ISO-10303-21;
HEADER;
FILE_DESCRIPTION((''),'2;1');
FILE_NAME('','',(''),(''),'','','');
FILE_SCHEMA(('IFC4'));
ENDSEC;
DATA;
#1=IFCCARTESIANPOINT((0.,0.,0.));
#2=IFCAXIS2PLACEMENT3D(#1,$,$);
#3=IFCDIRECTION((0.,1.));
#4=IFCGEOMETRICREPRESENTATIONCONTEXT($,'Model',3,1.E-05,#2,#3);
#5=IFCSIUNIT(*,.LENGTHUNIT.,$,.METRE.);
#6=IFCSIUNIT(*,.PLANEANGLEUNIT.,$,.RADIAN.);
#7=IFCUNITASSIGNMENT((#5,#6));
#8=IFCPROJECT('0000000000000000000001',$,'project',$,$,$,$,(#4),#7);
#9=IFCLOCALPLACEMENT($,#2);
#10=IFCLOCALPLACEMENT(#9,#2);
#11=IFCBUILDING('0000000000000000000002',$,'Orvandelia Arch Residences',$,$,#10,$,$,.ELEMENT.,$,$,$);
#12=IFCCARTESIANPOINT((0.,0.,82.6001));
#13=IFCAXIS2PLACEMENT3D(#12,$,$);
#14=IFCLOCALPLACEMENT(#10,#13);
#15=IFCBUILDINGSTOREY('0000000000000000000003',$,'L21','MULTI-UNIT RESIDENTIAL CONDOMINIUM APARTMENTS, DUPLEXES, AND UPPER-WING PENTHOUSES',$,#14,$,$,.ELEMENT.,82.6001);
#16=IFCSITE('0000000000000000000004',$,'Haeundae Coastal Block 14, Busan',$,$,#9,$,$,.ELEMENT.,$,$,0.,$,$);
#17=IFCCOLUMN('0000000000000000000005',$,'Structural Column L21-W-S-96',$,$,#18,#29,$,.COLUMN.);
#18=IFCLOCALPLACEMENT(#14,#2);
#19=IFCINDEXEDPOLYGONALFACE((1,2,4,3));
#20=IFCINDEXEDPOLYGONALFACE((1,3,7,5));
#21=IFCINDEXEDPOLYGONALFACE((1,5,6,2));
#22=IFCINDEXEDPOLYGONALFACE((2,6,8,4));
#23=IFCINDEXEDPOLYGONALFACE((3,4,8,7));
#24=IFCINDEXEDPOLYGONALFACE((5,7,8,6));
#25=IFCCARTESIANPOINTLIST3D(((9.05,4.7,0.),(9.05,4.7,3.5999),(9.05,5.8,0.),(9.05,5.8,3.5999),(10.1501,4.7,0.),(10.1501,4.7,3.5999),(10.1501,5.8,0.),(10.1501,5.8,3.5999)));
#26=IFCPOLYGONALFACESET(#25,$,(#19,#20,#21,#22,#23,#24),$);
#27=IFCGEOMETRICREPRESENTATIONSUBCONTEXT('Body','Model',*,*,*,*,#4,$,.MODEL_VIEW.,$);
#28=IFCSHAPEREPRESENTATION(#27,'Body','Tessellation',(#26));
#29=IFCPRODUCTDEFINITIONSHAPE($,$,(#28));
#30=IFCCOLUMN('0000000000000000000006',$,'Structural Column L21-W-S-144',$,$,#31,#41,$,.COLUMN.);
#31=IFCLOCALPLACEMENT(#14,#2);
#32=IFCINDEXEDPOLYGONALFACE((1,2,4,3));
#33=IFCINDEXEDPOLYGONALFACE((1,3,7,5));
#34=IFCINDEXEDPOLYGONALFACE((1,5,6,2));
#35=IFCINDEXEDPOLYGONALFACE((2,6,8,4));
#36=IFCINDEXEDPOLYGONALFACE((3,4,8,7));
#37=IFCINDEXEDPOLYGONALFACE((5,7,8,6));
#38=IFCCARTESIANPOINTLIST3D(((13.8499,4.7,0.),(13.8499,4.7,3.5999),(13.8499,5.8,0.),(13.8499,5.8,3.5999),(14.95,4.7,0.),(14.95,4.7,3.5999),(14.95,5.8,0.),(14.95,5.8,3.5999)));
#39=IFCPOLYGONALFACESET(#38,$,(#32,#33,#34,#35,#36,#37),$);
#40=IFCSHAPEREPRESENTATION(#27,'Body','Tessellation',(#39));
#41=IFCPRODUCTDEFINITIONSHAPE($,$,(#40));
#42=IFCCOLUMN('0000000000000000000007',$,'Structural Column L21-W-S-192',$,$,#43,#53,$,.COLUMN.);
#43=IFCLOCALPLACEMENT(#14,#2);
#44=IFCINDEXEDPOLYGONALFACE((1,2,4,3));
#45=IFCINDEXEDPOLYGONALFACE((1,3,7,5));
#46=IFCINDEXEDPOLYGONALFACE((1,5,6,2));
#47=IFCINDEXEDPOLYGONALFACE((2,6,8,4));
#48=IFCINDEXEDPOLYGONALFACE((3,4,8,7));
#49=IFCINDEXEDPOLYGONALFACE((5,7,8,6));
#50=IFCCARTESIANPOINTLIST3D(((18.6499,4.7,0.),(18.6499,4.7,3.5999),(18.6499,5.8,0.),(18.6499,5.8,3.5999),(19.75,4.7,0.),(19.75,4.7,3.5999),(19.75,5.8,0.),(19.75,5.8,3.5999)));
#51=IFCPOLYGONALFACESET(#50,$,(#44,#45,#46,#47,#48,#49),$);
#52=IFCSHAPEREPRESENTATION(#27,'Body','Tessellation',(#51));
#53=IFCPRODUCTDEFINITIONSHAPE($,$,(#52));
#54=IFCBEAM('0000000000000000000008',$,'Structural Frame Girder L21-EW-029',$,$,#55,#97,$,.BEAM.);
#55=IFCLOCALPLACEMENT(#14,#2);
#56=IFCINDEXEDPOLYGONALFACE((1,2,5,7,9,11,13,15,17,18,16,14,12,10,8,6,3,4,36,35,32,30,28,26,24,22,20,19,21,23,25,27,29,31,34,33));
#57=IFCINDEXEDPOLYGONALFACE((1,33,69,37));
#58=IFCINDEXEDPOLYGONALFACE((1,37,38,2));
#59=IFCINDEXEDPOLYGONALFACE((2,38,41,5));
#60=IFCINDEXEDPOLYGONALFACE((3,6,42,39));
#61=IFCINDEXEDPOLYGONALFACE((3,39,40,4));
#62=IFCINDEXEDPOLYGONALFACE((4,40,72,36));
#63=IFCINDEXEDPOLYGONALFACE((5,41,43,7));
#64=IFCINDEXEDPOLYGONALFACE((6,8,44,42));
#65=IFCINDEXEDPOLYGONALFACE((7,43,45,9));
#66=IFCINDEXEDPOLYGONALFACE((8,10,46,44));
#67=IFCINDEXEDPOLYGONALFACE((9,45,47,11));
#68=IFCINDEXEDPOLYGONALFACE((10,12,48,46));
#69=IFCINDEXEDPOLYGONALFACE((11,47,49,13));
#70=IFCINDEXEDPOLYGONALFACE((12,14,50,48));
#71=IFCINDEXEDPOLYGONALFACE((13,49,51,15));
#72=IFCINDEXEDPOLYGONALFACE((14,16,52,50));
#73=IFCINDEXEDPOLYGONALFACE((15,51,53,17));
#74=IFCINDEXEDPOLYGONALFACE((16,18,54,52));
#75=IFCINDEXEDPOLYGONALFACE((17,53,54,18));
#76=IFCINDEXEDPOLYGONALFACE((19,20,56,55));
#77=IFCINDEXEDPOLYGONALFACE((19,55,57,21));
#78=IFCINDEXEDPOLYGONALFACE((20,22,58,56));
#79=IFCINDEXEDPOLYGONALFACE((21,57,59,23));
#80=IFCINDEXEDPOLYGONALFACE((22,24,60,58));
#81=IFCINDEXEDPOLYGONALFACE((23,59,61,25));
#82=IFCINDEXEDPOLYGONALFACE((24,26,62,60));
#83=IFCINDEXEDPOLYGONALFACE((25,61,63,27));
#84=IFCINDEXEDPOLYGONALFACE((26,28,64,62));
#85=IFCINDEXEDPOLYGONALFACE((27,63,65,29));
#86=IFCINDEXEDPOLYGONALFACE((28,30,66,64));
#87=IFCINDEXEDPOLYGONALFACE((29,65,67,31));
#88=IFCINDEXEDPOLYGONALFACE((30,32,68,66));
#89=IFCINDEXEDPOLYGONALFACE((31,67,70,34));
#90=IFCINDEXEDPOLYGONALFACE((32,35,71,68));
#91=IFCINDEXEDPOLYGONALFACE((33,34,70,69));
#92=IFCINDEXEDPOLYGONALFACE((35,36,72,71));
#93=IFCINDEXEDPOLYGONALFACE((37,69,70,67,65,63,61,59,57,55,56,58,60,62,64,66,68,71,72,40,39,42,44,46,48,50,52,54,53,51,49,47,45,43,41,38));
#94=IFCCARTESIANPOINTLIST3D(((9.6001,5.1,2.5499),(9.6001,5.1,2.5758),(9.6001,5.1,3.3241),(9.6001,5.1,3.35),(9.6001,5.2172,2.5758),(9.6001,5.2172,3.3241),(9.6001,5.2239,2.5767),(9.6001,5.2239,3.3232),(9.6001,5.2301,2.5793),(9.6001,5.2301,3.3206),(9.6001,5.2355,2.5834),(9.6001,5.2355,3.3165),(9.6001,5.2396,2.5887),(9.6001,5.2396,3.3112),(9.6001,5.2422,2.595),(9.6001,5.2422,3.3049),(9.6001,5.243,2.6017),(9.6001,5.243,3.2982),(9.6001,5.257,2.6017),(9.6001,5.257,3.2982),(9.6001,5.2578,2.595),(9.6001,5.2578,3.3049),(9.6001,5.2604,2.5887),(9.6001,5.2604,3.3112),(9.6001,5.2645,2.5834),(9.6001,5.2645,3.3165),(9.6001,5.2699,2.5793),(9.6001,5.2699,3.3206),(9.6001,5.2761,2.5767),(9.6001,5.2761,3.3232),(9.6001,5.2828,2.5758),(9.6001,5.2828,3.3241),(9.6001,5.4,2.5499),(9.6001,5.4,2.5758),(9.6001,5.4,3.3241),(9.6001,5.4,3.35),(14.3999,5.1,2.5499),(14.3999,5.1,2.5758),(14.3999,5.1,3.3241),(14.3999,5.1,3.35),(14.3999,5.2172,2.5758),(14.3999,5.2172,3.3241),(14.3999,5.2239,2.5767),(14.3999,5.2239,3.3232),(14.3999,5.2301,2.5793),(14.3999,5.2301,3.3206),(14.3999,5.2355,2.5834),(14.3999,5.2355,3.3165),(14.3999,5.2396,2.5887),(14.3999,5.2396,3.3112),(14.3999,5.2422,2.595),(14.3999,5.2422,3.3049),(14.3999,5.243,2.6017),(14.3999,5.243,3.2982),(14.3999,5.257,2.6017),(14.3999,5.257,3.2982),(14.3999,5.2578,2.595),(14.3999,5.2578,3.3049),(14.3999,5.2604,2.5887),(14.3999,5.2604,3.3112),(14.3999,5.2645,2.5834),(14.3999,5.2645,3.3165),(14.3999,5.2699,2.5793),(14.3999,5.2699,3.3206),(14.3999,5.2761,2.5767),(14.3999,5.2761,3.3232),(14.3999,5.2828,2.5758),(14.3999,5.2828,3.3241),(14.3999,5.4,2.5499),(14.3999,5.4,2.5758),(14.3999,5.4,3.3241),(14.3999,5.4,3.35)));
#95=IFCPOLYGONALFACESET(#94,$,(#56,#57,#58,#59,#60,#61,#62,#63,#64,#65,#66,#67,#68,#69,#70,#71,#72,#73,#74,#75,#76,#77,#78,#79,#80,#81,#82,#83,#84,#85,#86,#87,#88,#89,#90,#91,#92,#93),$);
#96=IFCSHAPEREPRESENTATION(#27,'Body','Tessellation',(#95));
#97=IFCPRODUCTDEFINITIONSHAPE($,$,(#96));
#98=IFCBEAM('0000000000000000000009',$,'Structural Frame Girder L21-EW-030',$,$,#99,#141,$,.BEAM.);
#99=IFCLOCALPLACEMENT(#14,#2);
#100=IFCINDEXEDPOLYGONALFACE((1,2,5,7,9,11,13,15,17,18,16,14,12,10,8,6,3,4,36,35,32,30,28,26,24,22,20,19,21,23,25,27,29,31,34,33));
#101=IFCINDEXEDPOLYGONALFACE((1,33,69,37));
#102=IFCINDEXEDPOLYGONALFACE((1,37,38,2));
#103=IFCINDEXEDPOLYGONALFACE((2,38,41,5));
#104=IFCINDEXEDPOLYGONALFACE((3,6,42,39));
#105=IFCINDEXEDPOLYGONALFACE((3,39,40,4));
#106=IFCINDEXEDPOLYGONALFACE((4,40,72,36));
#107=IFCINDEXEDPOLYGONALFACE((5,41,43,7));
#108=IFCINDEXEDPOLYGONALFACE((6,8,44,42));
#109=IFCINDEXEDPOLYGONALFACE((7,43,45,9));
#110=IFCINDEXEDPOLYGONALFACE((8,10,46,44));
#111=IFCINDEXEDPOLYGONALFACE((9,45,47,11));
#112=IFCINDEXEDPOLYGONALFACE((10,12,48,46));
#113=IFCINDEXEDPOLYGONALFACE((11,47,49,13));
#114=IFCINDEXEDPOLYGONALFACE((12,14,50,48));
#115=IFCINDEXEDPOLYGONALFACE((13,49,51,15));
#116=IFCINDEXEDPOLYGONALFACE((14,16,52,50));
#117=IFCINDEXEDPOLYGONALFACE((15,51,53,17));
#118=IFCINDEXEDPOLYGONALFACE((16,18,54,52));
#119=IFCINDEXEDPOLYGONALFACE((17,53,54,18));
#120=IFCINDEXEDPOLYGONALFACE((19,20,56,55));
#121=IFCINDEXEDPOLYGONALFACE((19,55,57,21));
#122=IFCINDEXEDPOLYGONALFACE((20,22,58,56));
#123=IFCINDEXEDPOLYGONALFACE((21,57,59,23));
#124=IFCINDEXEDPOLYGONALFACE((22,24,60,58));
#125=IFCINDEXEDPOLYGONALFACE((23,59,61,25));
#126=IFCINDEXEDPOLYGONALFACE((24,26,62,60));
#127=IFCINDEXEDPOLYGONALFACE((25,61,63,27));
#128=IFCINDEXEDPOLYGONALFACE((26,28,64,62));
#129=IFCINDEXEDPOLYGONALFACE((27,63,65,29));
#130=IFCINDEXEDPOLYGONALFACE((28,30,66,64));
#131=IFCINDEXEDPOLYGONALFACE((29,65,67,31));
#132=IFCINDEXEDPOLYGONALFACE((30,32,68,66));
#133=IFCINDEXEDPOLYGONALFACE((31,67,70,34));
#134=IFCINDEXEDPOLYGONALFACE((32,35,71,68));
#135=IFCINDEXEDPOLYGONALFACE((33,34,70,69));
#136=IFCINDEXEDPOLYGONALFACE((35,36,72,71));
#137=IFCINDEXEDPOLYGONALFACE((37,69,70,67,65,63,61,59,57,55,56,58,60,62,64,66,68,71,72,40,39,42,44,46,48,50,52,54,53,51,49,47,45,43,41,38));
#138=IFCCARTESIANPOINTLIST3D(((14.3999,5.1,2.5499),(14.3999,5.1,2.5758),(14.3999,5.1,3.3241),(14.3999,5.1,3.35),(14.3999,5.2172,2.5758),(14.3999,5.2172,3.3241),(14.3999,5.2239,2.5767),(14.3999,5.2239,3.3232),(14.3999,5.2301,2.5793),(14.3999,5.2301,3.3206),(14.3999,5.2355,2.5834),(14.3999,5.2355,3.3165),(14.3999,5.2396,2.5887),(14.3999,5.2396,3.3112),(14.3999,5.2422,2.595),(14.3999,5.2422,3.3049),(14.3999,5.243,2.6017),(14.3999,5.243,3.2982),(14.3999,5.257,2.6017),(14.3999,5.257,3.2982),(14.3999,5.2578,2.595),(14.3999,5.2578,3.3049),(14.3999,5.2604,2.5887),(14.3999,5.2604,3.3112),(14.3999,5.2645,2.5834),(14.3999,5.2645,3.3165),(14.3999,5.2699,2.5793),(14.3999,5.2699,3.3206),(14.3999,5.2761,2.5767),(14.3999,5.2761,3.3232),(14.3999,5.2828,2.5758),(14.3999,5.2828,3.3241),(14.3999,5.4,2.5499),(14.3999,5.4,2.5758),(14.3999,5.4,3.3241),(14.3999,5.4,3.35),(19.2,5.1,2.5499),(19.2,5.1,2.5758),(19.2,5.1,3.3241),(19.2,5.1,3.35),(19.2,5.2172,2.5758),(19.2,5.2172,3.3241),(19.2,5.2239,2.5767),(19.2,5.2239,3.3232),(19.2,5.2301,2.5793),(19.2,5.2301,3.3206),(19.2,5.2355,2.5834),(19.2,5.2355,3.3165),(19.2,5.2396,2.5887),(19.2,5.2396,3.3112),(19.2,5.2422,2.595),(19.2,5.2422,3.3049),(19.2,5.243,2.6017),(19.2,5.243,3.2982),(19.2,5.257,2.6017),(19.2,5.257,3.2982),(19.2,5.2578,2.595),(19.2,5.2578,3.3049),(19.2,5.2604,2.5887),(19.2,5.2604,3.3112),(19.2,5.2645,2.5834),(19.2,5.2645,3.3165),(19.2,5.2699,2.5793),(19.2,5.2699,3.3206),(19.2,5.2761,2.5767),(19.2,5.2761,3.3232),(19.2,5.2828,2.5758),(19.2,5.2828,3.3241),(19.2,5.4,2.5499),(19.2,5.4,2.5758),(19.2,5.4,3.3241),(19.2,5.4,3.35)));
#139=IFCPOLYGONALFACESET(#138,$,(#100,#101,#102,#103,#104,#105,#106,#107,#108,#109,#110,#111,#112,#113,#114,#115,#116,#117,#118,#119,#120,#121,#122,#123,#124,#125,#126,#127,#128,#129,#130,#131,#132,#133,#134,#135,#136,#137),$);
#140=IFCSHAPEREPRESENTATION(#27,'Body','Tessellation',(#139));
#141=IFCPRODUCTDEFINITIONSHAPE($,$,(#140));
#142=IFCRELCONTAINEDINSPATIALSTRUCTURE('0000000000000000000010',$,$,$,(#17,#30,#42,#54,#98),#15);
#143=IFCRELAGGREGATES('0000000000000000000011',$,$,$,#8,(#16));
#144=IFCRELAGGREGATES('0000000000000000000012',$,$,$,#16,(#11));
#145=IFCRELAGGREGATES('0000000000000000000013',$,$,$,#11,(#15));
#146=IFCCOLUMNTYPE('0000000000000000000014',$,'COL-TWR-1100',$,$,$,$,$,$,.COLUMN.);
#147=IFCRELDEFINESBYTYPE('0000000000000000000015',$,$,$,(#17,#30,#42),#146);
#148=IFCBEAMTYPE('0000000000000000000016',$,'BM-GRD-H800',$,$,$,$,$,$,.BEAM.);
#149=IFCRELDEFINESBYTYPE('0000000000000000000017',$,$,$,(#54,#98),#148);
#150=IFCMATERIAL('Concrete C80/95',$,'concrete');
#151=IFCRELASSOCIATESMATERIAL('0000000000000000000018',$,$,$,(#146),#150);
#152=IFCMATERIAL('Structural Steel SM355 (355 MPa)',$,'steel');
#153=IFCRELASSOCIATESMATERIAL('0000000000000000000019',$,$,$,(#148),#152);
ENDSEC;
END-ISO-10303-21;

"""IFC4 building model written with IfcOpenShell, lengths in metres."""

from ifc_helpers import new_model, si_unit, direction, frame, origin, origin_2d, place, context, subcontext, project, spatial, rectangle, i_section, extrude, material, material_profile, profile_set, type_object, element, save


model = new_model("IFC4")

# Units and contexts
model_context = context("Model", 3, precision=1e-05, world=origin(), true_north=direction((0.0, 1.0)))
body_context = subcontext(model_context, "Body", "Model", "MODEL_VIEW")
ifc_project = project(units=[si_unit("LENGTHUNIT", "METRE"), si_unit("PLANEANGLEUNIT", "RADIAN")], contexts=[model_context])

# Site, building, storey
site_placement = place(None, origin())
site = spatial("IfcSite", under=ifc_project, at=site_placement, Name="Haeundae Coastal Block 14, Busan", CompositionType="ELEMENT", RefElevation=0.0)
building_placement = place(site_placement, origin())
building = spatial("IfcBuilding", under=site, at=building_placement, Name="Orvandelia Arch Residences", CompositionType="ELEMENT")
storey_placement = place(building_placement, frame((0.0, 0.0, 82.6001)))
storey = spatial("IfcBuildingStorey", under=building, at=storey_placement, Name="L21", Description="MULTI-UNIT RESIDENTIAL CONDOMINIUM APARTMENTS, DUPLEXES, AND UPPER-WING PENTHOUSES", CompositionType="ELEMENT", Elevation=82.6001)

# Columns
ifc_material_1 = material(Name="Concrete C80/95", Category="concrete")
ifc_material_profile_1 = material_profile(ifc_material_1, rectangle(XDim=1.1001, YDim=1.1001, at=origin_2d()), Name="Concrete C80/95", Category="concrete")
ifc_profile_set_1 = profile_set([ifc_material_profile_1], Name="Concrete C80/95")
column_type = type_object("IfcColumnType", Name="COL-TWR-1100", PredefinedType="COLUMN", material=ifc_profile_set_1)
for number, where, z_axis, x_axis, name in (
    (1, (9.6001, 5.25, 0.0), (0.0, 0.0, 1.0), (1.0, 0.0, 0.0), "Structural Column L21-W-S-96"),
    (2, (14.3999, 5.25, 0.0), (0.0, 0.0, 1.0), (1.0, 0.0, 0.0), "Structural Column L21-W-S-144"),
    (3, (19.2, 5.25, 0.0), (0.0, 0.0, 1.0), (1.0, 0.0, 0.0), "Structural Column L21-W-S-192"),
):
    element("IfcColumn", number, at=place(storey_placement, frame(where, z_axis=z_axis, x_axis=x_axis)), inside=storey, type_object=column_type, Name=name, PredefinedType="COLUMN", context=body_context, shape_type="SweptSolid", body=[
        extrude(rectangle(XDim=1.1001, YDim=1.1001, at=origin_2d()), origin(), (0.0, 0.0, 1.0), 3.5999),
    ])

# Beams
ifc_material_2 = material(Name="Structural Steel SM355 (355 MPa)", Category="steel")
ifc_material_profile_2 = material_profile(ifc_material_2, i_section(OverallWidth=0.3, OverallDepth=0.8, WebThickness=0.0139, FlangeThickness=0.0259, FilletRadius=0.0259, at=origin_2d()), Name="Structural Steel SM355 (355 MPa)", Category="steel")
ifc_profile_set_2 = profile_set([ifc_material_profile_2], Name="Structural Steel SM355 (355 MPa)")
beam_type = type_object("IfcBeamType", Name="BM-GRD-H800", PredefinedType="BEAM", material=ifc_profile_set_2)
beam_1_placement = place(storey_placement, frame((9.6001, 5.25, 2.95), z_axis=(1.0, 0.0, 0.0), x_axis=(0.0, 1.0, 0.0)))
element("IfcBeam", 4, at=beam_1_placement, inside=storey, type_object=beam_type, Name="Structural Frame Girder L21-EW-029", PredefinedType="BEAM", context=body_context, shape_type="SweptSolid", body=[
    extrude(i_section(OverallWidth=0.3, OverallDepth=0.8, WebThickness=0.0139, FlangeThickness=0.0259, FilletRadius=0.0259, at=origin_2d()), origin(), (0.0, 0.0, 1.0), 4.7998),
])
beam_2_placement = place(storey_placement, frame((14.3999, 5.25, 2.95), z_axis=(1.0, 0.0, 0.0), x_axis=(0.0, 1.0, 0.0)))
element("IfcBeam", 5, at=beam_2_placement, inside=storey, type_object=beam_type, Name="Structural Frame Girder L21-EW-030", PredefinedType="BEAM", context=body_context, shape_type="SweptSolid", body=[
    extrude(i_section(OverallWidth=0.3, OverallDepth=0.8, WebThickness=0.0139, FlangeThickness=0.0259, FilletRadius=0.0259, at=origin_2d()), origin(), (0.0, 0.0, 1.0), 4.8),
])

save(model, "model.ifc")
